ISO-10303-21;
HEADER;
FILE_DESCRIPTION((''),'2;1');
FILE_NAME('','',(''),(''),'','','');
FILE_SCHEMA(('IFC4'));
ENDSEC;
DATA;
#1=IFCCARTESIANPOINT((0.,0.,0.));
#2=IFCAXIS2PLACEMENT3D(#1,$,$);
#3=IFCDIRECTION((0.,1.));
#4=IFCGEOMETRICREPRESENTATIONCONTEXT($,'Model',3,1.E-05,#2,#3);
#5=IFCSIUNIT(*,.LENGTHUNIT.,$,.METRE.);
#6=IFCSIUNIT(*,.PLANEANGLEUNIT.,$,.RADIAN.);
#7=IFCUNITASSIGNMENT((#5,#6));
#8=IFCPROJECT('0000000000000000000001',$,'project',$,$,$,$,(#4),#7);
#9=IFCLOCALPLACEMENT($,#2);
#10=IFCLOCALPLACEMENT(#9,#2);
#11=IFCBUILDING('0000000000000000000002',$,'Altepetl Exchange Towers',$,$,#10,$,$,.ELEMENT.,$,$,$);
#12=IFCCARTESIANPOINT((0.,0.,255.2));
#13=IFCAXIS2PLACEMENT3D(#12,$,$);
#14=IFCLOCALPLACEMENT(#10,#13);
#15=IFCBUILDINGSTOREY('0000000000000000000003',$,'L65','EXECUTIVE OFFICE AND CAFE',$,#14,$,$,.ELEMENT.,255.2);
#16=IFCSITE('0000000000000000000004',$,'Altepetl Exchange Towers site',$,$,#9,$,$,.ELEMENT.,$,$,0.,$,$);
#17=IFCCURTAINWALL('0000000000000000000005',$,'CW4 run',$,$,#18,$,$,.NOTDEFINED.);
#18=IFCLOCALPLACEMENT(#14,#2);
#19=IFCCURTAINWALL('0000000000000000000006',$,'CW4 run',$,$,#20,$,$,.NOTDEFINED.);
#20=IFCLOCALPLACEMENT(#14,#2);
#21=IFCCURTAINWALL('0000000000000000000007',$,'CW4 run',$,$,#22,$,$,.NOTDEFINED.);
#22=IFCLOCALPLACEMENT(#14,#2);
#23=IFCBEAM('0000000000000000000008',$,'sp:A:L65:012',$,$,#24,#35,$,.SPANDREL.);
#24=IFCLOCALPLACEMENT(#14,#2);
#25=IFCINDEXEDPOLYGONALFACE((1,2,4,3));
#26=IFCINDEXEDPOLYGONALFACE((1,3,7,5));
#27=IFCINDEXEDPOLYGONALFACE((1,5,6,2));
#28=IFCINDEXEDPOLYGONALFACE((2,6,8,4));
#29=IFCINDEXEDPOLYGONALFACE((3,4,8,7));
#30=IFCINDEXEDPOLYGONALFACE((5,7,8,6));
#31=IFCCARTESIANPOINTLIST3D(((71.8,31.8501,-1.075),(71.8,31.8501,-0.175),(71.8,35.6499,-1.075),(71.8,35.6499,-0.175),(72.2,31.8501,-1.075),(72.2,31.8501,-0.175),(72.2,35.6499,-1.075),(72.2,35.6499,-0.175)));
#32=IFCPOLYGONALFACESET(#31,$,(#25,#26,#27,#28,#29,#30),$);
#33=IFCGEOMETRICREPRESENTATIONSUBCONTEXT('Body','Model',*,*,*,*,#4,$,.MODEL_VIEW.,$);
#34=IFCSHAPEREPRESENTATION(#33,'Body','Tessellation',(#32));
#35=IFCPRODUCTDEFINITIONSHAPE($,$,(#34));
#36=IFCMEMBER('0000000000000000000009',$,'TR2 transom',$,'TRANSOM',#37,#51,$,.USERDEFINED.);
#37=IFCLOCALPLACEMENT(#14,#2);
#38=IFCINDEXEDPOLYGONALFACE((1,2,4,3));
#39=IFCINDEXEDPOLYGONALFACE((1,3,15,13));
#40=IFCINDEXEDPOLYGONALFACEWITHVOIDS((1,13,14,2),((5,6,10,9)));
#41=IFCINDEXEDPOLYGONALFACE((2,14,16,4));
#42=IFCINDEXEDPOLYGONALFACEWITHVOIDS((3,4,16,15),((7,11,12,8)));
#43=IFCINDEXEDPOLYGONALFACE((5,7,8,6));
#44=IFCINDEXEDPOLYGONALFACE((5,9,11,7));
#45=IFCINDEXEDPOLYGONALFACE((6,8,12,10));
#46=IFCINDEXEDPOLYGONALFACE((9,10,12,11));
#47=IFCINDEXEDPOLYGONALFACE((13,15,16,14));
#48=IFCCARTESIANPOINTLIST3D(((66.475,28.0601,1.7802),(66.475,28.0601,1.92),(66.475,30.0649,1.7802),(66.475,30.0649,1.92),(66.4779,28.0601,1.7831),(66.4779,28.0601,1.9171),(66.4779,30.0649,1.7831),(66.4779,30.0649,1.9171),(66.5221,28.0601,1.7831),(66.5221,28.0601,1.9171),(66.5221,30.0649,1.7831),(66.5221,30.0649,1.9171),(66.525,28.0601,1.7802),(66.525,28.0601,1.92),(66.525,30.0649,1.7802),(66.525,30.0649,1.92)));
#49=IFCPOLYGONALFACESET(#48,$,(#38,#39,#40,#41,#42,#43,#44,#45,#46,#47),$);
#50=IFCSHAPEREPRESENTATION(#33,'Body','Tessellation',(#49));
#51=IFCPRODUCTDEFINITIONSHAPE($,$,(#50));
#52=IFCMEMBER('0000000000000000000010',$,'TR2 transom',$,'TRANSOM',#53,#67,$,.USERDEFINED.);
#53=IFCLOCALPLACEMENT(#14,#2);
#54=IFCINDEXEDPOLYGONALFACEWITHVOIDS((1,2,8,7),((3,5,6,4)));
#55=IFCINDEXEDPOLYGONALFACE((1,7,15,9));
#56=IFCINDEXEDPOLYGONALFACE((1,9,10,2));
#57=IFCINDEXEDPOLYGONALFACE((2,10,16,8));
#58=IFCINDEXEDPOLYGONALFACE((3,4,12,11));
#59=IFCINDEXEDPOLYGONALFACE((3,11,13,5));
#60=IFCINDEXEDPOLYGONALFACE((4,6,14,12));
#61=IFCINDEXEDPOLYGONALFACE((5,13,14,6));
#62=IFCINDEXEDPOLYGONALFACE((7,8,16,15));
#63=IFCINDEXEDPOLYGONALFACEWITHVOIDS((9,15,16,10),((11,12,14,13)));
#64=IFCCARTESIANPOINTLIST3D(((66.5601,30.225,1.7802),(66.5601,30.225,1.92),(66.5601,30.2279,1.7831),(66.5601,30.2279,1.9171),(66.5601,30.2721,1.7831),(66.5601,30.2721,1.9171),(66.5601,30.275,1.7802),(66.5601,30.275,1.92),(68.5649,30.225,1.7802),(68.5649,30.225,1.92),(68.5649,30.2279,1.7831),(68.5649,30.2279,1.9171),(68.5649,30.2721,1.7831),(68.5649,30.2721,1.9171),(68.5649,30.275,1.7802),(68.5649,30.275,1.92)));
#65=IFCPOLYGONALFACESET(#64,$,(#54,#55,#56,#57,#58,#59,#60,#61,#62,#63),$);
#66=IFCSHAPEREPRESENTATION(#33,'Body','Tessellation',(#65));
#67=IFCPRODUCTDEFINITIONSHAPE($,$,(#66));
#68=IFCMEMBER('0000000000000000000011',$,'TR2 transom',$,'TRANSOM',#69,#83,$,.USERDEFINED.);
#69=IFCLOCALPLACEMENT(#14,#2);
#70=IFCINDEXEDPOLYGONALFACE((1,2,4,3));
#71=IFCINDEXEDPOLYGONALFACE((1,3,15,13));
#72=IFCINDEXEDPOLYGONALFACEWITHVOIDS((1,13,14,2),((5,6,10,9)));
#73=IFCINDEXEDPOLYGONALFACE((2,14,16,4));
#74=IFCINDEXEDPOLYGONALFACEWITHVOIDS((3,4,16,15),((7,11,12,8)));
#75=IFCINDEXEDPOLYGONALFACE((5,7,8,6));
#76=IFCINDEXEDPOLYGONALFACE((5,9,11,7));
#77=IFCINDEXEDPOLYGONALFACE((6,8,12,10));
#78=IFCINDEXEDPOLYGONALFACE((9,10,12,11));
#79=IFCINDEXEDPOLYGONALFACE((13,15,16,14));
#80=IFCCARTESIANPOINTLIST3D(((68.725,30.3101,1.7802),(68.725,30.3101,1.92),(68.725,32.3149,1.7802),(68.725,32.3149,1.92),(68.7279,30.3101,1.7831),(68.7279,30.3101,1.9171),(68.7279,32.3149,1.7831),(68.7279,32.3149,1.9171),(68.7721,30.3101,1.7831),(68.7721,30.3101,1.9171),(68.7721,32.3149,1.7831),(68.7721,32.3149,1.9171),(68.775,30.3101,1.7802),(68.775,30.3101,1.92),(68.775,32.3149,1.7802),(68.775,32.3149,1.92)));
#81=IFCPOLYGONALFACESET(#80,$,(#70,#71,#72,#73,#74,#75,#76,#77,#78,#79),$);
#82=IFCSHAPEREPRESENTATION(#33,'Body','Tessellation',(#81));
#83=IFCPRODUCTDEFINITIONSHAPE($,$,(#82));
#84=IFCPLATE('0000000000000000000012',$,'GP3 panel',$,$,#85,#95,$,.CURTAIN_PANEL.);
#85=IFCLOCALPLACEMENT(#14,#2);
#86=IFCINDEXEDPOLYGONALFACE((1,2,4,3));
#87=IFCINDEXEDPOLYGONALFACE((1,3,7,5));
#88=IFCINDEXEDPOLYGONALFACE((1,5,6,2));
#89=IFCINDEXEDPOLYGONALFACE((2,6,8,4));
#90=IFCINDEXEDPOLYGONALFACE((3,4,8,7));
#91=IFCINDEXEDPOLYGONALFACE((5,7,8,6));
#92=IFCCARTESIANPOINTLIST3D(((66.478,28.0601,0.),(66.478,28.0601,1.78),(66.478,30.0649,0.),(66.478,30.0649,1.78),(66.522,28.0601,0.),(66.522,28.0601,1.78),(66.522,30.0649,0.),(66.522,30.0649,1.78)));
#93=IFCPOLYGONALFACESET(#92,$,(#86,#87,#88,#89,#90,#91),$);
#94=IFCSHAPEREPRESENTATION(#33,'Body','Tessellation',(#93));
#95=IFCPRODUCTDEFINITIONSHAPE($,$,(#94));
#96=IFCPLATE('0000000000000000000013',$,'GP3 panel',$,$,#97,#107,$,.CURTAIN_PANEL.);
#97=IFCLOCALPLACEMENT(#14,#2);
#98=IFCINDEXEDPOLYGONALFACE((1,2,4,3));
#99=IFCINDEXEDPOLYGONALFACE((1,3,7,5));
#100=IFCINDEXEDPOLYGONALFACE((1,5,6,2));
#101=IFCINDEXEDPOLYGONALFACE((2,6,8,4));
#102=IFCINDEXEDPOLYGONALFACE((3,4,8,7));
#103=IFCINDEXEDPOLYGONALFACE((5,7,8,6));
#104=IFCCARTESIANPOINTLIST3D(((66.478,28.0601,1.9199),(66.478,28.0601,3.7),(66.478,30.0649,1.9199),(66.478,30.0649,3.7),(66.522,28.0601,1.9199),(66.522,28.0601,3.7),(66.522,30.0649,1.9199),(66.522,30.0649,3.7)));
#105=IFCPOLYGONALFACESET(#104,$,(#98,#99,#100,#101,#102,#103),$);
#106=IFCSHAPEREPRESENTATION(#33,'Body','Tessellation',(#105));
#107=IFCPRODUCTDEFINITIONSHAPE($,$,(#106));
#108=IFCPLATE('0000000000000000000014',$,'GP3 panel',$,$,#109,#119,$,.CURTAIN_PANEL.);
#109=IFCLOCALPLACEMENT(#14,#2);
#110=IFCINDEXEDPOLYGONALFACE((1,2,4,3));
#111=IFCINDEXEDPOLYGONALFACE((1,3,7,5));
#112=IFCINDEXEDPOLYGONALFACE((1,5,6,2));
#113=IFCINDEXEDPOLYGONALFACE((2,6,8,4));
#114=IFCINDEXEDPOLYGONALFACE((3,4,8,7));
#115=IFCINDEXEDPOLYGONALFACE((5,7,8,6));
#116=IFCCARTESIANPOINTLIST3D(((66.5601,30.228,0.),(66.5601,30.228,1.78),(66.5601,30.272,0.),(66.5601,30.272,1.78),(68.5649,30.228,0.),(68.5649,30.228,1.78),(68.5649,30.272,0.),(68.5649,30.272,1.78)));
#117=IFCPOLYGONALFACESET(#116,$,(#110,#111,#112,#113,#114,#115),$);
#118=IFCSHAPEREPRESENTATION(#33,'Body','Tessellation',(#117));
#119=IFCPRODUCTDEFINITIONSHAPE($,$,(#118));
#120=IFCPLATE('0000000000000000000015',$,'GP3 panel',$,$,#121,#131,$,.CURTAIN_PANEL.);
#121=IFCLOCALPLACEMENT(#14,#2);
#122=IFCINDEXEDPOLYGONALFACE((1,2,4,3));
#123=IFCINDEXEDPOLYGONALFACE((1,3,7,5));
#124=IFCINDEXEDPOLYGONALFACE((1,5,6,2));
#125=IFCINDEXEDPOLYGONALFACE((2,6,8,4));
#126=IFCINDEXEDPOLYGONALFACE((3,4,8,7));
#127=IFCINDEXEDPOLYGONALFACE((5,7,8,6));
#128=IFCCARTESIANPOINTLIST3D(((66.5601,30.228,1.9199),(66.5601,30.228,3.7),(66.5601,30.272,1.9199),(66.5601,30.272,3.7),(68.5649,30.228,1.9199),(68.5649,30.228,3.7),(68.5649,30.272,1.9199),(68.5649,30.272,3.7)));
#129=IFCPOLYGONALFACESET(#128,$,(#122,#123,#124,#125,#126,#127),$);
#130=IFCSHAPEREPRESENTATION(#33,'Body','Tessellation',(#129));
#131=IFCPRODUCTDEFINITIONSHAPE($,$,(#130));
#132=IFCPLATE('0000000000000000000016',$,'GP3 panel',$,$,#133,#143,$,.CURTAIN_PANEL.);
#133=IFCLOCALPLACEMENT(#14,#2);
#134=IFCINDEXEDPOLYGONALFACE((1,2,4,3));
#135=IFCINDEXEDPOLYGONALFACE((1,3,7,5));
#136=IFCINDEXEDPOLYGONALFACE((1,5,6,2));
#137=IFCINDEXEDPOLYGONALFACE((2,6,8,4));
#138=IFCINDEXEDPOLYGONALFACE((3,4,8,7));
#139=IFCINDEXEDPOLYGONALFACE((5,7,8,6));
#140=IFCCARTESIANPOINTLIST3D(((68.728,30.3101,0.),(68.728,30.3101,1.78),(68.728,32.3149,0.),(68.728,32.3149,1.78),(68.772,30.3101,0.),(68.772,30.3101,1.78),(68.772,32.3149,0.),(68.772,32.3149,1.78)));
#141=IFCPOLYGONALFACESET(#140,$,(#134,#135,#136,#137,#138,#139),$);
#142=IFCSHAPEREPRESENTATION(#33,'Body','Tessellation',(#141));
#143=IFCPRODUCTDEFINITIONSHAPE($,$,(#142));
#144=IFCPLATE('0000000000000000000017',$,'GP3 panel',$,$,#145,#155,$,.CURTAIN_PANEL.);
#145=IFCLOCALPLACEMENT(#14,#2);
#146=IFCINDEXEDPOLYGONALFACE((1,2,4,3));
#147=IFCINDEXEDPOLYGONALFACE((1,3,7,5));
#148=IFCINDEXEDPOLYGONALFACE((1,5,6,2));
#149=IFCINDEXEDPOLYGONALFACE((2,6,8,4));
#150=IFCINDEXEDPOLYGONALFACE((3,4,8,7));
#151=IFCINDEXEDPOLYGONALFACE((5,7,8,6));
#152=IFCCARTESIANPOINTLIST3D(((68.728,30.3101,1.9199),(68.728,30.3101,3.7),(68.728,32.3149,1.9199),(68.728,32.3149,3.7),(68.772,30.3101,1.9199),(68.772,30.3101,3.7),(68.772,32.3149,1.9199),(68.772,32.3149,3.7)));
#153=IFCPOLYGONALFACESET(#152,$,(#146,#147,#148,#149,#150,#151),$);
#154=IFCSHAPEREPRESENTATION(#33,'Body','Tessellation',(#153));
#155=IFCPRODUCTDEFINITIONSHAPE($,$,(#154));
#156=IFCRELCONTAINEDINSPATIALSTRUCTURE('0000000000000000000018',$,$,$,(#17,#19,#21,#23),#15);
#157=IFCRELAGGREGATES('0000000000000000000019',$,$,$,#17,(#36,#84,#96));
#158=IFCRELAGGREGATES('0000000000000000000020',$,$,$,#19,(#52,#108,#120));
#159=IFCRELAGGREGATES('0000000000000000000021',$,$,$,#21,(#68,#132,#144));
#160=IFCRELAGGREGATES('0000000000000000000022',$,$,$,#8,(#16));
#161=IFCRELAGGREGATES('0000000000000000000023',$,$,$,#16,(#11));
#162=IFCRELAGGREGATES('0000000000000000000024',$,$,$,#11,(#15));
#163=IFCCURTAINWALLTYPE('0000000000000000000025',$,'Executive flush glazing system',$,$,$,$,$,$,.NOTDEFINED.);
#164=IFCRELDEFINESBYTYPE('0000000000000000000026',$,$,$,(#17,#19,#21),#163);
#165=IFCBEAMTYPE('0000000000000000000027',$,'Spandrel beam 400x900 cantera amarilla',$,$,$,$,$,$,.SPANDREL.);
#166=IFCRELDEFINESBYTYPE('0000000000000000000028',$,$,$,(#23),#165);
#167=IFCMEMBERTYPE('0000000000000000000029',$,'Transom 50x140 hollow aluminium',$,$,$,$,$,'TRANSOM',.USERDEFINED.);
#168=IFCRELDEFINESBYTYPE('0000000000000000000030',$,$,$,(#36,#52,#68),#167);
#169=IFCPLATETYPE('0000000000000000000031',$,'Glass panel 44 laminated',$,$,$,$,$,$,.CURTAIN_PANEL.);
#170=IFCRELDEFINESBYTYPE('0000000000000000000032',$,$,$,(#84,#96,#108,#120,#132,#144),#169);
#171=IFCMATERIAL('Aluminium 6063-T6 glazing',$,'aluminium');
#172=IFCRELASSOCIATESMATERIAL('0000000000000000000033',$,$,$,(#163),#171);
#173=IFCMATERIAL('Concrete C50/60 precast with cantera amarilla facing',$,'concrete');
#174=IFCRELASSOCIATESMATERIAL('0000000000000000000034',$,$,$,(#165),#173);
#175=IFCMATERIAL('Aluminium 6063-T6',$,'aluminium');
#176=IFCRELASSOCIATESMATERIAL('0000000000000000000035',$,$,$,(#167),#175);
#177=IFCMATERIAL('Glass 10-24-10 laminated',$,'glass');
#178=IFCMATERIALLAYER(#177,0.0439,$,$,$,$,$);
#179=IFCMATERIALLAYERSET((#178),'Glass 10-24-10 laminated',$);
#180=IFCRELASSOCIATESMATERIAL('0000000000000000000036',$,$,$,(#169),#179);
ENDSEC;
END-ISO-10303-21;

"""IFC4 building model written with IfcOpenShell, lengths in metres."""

from ifc_helpers import new_model, si_unit, direction, frame, origin, origin_2d, place, context, subcontext, project, spatial, rectangle, hollow_rectangle, extrude, material, layer, layer_set, material_profile, profile_set, type_object, element, aggregate, save


model = new_model("IFC4")

# Units and contexts
model_context = context("Model", 3, precision=1e-05, world=origin(), true_north=direction((0.0, 1.0)))
body_context = subcontext(model_context, "Body", "Model", "MODEL_VIEW")
ifc_project = project(units=[si_unit("LENGTHUNIT", "METRE"), si_unit("PLANEANGLEUNIT", "RADIAN")], contexts=[model_context])

# Site, building, storey
site_placement = place(None, origin())
site = spatial("IfcSite", under=ifc_project, at=site_placement, Name="Altepetl Exchange Towers site", CompositionType="ELEMENT", RefElevation=0.0)
building_placement = place(site_placement, origin())
building = spatial("IfcBuilding", under=site, at=building_placement, Name="Altepetl Exchange Towers", CompositionType="ELEMENT")
storey_placement = place(building_placement, frame((0.0, 0.0, 255.2)))
storey = spatial("IfcBuildingStorey", under=building, at=storey_placement, Name="L65", Description="EXECUTIVE OFFICE AND CAFE", CompositionType="ELEMENT", Elevation=255.2)

# Curtain walls
ifc_material_1 = material(Name="Aluminium 6063-T6 glazing", Category="aluminium")
curtain_wall_type = type_object("IfcCurtainWallType", Name="Executive flush glazing system", PredefinedType="NOTDEFINED", material=ifc_material_1)
curtain_wall_1_placement = place(storey_placement, origin())
curtain_wall_1 = element("IfcCurtainWall", 1, at=curtain_wall_1_placement, inside=storey, type_object=curtain_wall_type, Name="CW4 run", PredefinedType="NOTDEFINED")
ifc_material_2 = material(Name="Aluminium 6063-T6", Category="aluminium")
curtain_wall_2_placement = place(storey_placement, origin())
curtain_wall_2 = element("IfcCurtainWall", 2, at=curtain_wall_2_placement, inside=storey, type_object=curtain_wall_type, Name="CW4 run", PredefinedType="NOTDEFINED")
curtain_wall_3_placement = place(storey_placement, origin())
curtain_wall_3 = element("IfcCurtainWall", 3, at=curtain_wall_3_placement, inside=storey, type_object=curtain_wall_type, Name="CW4 run", PredefinedType="NOTDEFINED")

# Beam
ifc_material_3 = material(Name="Concrete C50/60 precast with cantera amarilla facing", Category="concrete")
ifc_material_profile_1 = material_profile(ifc_material_3, rectangle(XDim=0.3999, YDim=0.8999, at=origin_2d()), Name="400 x 900")
ifc_profile_set_1 = profile_set([ifc_material_profile_1], Name="Concrete C50/60 precast with cantera amarilla facing")
beam_type = type_object("IfcBeamType", Name="Spandrel beam 400x900 cantera amarilla", PredefinedType="SPANDREL", material=ifc_profile_set_1)
beam_1_placement = place(storey_placement, frame((72.0, 31.8501, -0.625), z_axis=(0.0, 1.0, 0.0), x_axis=(-1.0, 0.0, 0.0)))
element("IfcBeam", 4, at=beam_1_placement, inside=storey, type_object=beam_type, Name="sp:A:L65:012", PredefinedType="SPANDREL", context=body_context, shape_type="SweptSolid", body=[
    extrude(rectangle(XDim=0.3999, YDim=0.8999, at=origin_2d()), origin(), (0.0, 0.0, 1.0), 3.7998),
])

# Members
ifc_material_profile_2 = material_profile(ifc_material_2, hollow_rectangle(XDim=0.05, YDim=0.1399, WallThickness=0.0029, at=origin_2d()), Name="Transom 50x140 hollow aluminium")
ifc_profile_set_2 = profile_set([ifc_material_profile_2], Name="Aluminium 6063-T6")
member_type_1 = type_object("IfcMemberType", Name="Transom 50x140 hollow aluminium", ElementType="TRANSOM", PredefinedType="USERDEFINED", material=ifc_profile_set_2)
member_1_placement = place(storey_placement, frame((66.5, 28.0601, 1.8501), z_axis=(0.0, 1.0, 0.0), x_axis=(-1.0, 0.0, 0.0)))
member_1 = element("IfcMember", 5, at=member_1_placement, type_object=member_type_1, Name="TR2 transom", ObjectType="TRANSOM", PredefinedType="USERDEFINED", context=body_context, shape_type="SweptSolid", body=[
    extrude(hollow_rectangle(XDim=0.05, YDim=0.1399, WallThickness=0.0029, at=origin_2d()), origin(), (0.0, 0.0, 1.0), 2.0049),
])
member_2_placement = place(storey_placement, frame((66.5601, 30.25, 1.8501), z_axis=(1.0, 0.0, 0.0), x_axis=(0.0, 1.0, 0.0)))
member_2 = element("IfcMember", 6, at=member_2_placement, type_object=member_type_1, Name="TR2 transom", ObjectType="TRANSOM", PredefinedType="USERDEFINED", context=body_context, shape_type="SweptSolid", body=[
    extrude(hollow_rectangle(XDim=0.05, YDim=0.1399, WallThickness=0.0029, at=origin_2d()), origin(), (0.0, 0.0, 1.0), 2.0049),
])
member_3_placement = place(storey_placement, frame((68.75, 30.3101, 1.8501), z_axis=(0.0, 1.0, 0.0), x_axis=(-1.0, 0.0, 0.0)))
member_3 = element("IfcMember", 7, at=member_3_placement, type_object=member_type_1, Name="TR2 transom", ObjectType="TRANSOM", PredefinedType="USERDEFINED", context=body_context, shape_type="SweptSolid", body=[
    extrude(hollow_rectangle(XDim=0.05, YDim=0.1399, WallThickness=0.0029, at=origin_2d()), origin(), (0.0, 0.0, 1.0), 2.0049),
])

# Plates
ifc_material_4 = material(Name="Glass 10-24-10 laminated", Category="glass")
ifc_layer = layer(ifc_material_4, 0.0439)
ifc_layer_set = layer_set([ifc_layer], Name="Glass 10-24-10 laminated")
plate_type = type_object("IfcPlateType", Name="Glass panel 44 laminated", PredefinedType="CURTAIN_PANEL", material=ifc_layer_set)
plate_1_placement = place(storey_placement, frame((66.5, 29.0625, 0.0), z_axis=(0.0, 0.0, 1.0), x_axis=(0.0, 1.0, 0.0)))
plate_1 = element("IfcPlate", 8, at=plate_1_placement, type_object=plate_type, Name="GP3 panel", PredefinedType="CURTAIN_PANEL", context=body_context, shape_type="SweptSolid", body=[
    extrude(rectangle(XDim=2.0049, YDim=0.0439, at=origin_2d()), origin(), (0.0, 0.0, 1.0), 1.78),
])
plate_2_placement = place(storey_placement, frame((66.5, 29.0625, 1.9199), z_axis=(0.0, 0.0, 1.0), x_axis=(0.0, 1.0, 0.0)))
plate_2 = element("IfcPlate", 9, at=plate_2_placement, type_object=plate_type, Name="GP3 panel", PredefinedType="CURTAIN_PANEL", context=body_context, shape_type="SweptSolid", body=[
    extrude(rectangle(XDim=2.0049, YDim=0.0439, at=origin_2d()), origin(), (0.0, 0.0, 1.0), 1.78),
])
aggregate(curtain_wall_1, [member_1, plate_1, plate_2])
plate_3_placement = place(storey_placement, frame((67.5625, 30.25, 0.0)))
plate_3 = element("IfcPlate", 10, at=plate_3_placement, type_object=plate_type, Name="GP3 panel", PredefinedType="CURTAIN_PANEL", context=body_context, shape_type="SweptSolid", body=[
    extrude(rectangle(XDim=2.0049, YDim=0.0439, at=origin_2d()), origin(), (0.0, 0.0, 1.0), 1.78),
])
plate_4_placement = place(storey_placement, frame((67.5625, 30.25, 1.9199)))
plate_4 = element("IfcPlate", 11, at=plate_4_placement, type_object=plate_type, Name="GP3 panel", PredefinedType="CURTAIN_PANEL", context=body_context, shape_type="SweptSolid", body=[
    extrude(rectangle(XDim=2.0049, YDim=0.0439, at=origin_2d()), origin(), (0.0, 0.0, 1.0), 1.78),
])
aggregate(curtain_wall_2, [member_2, plate_3, plate_4])
plate_5_placement = place(storey_placement, frame((68.75, 31.3125, 0.0), z_axis=(0.0, 0.0, 1.0), x_axis=(0.0, 1.0, 0.0)))
plate_5 = element("IfcPlate", 12, at=plate_5_placement, type_object=plate_type, Name="GP3 panel", PredefinedType="CURTAIN_PANEL", context=body_context, shape_type="SweptSolid", body=[
    extrude(rectangle(XDim=2.0049, YDim=0.0439, at=origin_2d()), origin(), (0.0, 0.0, 1.0), 1.78),
])
plate_6_placement = place(storey_placement, frame((68.75, 31.3125, 1.9199), z_axis=(0.0, 0.0, 1.0), x_axis=(0.0, 1.0, 0.0)))
plate_6 = element("IfcPlate", 13, at=plate_6_placement, type_object=plate_type, Name="GP3 panel", PredefinedType="CURTAIN_PANEL", context=body_context, shape_type="SweptSolid", body=[
    extrude(rectangle(XDim=2.0049, YDim=0.0439, at=origin_2d()), origin(), (0.0, 0.0, 1.0), 1.78),
])
aggregate(curtain_wall_3, [member_3, plate_5, plate_6])

save(model, "model.ifc")
